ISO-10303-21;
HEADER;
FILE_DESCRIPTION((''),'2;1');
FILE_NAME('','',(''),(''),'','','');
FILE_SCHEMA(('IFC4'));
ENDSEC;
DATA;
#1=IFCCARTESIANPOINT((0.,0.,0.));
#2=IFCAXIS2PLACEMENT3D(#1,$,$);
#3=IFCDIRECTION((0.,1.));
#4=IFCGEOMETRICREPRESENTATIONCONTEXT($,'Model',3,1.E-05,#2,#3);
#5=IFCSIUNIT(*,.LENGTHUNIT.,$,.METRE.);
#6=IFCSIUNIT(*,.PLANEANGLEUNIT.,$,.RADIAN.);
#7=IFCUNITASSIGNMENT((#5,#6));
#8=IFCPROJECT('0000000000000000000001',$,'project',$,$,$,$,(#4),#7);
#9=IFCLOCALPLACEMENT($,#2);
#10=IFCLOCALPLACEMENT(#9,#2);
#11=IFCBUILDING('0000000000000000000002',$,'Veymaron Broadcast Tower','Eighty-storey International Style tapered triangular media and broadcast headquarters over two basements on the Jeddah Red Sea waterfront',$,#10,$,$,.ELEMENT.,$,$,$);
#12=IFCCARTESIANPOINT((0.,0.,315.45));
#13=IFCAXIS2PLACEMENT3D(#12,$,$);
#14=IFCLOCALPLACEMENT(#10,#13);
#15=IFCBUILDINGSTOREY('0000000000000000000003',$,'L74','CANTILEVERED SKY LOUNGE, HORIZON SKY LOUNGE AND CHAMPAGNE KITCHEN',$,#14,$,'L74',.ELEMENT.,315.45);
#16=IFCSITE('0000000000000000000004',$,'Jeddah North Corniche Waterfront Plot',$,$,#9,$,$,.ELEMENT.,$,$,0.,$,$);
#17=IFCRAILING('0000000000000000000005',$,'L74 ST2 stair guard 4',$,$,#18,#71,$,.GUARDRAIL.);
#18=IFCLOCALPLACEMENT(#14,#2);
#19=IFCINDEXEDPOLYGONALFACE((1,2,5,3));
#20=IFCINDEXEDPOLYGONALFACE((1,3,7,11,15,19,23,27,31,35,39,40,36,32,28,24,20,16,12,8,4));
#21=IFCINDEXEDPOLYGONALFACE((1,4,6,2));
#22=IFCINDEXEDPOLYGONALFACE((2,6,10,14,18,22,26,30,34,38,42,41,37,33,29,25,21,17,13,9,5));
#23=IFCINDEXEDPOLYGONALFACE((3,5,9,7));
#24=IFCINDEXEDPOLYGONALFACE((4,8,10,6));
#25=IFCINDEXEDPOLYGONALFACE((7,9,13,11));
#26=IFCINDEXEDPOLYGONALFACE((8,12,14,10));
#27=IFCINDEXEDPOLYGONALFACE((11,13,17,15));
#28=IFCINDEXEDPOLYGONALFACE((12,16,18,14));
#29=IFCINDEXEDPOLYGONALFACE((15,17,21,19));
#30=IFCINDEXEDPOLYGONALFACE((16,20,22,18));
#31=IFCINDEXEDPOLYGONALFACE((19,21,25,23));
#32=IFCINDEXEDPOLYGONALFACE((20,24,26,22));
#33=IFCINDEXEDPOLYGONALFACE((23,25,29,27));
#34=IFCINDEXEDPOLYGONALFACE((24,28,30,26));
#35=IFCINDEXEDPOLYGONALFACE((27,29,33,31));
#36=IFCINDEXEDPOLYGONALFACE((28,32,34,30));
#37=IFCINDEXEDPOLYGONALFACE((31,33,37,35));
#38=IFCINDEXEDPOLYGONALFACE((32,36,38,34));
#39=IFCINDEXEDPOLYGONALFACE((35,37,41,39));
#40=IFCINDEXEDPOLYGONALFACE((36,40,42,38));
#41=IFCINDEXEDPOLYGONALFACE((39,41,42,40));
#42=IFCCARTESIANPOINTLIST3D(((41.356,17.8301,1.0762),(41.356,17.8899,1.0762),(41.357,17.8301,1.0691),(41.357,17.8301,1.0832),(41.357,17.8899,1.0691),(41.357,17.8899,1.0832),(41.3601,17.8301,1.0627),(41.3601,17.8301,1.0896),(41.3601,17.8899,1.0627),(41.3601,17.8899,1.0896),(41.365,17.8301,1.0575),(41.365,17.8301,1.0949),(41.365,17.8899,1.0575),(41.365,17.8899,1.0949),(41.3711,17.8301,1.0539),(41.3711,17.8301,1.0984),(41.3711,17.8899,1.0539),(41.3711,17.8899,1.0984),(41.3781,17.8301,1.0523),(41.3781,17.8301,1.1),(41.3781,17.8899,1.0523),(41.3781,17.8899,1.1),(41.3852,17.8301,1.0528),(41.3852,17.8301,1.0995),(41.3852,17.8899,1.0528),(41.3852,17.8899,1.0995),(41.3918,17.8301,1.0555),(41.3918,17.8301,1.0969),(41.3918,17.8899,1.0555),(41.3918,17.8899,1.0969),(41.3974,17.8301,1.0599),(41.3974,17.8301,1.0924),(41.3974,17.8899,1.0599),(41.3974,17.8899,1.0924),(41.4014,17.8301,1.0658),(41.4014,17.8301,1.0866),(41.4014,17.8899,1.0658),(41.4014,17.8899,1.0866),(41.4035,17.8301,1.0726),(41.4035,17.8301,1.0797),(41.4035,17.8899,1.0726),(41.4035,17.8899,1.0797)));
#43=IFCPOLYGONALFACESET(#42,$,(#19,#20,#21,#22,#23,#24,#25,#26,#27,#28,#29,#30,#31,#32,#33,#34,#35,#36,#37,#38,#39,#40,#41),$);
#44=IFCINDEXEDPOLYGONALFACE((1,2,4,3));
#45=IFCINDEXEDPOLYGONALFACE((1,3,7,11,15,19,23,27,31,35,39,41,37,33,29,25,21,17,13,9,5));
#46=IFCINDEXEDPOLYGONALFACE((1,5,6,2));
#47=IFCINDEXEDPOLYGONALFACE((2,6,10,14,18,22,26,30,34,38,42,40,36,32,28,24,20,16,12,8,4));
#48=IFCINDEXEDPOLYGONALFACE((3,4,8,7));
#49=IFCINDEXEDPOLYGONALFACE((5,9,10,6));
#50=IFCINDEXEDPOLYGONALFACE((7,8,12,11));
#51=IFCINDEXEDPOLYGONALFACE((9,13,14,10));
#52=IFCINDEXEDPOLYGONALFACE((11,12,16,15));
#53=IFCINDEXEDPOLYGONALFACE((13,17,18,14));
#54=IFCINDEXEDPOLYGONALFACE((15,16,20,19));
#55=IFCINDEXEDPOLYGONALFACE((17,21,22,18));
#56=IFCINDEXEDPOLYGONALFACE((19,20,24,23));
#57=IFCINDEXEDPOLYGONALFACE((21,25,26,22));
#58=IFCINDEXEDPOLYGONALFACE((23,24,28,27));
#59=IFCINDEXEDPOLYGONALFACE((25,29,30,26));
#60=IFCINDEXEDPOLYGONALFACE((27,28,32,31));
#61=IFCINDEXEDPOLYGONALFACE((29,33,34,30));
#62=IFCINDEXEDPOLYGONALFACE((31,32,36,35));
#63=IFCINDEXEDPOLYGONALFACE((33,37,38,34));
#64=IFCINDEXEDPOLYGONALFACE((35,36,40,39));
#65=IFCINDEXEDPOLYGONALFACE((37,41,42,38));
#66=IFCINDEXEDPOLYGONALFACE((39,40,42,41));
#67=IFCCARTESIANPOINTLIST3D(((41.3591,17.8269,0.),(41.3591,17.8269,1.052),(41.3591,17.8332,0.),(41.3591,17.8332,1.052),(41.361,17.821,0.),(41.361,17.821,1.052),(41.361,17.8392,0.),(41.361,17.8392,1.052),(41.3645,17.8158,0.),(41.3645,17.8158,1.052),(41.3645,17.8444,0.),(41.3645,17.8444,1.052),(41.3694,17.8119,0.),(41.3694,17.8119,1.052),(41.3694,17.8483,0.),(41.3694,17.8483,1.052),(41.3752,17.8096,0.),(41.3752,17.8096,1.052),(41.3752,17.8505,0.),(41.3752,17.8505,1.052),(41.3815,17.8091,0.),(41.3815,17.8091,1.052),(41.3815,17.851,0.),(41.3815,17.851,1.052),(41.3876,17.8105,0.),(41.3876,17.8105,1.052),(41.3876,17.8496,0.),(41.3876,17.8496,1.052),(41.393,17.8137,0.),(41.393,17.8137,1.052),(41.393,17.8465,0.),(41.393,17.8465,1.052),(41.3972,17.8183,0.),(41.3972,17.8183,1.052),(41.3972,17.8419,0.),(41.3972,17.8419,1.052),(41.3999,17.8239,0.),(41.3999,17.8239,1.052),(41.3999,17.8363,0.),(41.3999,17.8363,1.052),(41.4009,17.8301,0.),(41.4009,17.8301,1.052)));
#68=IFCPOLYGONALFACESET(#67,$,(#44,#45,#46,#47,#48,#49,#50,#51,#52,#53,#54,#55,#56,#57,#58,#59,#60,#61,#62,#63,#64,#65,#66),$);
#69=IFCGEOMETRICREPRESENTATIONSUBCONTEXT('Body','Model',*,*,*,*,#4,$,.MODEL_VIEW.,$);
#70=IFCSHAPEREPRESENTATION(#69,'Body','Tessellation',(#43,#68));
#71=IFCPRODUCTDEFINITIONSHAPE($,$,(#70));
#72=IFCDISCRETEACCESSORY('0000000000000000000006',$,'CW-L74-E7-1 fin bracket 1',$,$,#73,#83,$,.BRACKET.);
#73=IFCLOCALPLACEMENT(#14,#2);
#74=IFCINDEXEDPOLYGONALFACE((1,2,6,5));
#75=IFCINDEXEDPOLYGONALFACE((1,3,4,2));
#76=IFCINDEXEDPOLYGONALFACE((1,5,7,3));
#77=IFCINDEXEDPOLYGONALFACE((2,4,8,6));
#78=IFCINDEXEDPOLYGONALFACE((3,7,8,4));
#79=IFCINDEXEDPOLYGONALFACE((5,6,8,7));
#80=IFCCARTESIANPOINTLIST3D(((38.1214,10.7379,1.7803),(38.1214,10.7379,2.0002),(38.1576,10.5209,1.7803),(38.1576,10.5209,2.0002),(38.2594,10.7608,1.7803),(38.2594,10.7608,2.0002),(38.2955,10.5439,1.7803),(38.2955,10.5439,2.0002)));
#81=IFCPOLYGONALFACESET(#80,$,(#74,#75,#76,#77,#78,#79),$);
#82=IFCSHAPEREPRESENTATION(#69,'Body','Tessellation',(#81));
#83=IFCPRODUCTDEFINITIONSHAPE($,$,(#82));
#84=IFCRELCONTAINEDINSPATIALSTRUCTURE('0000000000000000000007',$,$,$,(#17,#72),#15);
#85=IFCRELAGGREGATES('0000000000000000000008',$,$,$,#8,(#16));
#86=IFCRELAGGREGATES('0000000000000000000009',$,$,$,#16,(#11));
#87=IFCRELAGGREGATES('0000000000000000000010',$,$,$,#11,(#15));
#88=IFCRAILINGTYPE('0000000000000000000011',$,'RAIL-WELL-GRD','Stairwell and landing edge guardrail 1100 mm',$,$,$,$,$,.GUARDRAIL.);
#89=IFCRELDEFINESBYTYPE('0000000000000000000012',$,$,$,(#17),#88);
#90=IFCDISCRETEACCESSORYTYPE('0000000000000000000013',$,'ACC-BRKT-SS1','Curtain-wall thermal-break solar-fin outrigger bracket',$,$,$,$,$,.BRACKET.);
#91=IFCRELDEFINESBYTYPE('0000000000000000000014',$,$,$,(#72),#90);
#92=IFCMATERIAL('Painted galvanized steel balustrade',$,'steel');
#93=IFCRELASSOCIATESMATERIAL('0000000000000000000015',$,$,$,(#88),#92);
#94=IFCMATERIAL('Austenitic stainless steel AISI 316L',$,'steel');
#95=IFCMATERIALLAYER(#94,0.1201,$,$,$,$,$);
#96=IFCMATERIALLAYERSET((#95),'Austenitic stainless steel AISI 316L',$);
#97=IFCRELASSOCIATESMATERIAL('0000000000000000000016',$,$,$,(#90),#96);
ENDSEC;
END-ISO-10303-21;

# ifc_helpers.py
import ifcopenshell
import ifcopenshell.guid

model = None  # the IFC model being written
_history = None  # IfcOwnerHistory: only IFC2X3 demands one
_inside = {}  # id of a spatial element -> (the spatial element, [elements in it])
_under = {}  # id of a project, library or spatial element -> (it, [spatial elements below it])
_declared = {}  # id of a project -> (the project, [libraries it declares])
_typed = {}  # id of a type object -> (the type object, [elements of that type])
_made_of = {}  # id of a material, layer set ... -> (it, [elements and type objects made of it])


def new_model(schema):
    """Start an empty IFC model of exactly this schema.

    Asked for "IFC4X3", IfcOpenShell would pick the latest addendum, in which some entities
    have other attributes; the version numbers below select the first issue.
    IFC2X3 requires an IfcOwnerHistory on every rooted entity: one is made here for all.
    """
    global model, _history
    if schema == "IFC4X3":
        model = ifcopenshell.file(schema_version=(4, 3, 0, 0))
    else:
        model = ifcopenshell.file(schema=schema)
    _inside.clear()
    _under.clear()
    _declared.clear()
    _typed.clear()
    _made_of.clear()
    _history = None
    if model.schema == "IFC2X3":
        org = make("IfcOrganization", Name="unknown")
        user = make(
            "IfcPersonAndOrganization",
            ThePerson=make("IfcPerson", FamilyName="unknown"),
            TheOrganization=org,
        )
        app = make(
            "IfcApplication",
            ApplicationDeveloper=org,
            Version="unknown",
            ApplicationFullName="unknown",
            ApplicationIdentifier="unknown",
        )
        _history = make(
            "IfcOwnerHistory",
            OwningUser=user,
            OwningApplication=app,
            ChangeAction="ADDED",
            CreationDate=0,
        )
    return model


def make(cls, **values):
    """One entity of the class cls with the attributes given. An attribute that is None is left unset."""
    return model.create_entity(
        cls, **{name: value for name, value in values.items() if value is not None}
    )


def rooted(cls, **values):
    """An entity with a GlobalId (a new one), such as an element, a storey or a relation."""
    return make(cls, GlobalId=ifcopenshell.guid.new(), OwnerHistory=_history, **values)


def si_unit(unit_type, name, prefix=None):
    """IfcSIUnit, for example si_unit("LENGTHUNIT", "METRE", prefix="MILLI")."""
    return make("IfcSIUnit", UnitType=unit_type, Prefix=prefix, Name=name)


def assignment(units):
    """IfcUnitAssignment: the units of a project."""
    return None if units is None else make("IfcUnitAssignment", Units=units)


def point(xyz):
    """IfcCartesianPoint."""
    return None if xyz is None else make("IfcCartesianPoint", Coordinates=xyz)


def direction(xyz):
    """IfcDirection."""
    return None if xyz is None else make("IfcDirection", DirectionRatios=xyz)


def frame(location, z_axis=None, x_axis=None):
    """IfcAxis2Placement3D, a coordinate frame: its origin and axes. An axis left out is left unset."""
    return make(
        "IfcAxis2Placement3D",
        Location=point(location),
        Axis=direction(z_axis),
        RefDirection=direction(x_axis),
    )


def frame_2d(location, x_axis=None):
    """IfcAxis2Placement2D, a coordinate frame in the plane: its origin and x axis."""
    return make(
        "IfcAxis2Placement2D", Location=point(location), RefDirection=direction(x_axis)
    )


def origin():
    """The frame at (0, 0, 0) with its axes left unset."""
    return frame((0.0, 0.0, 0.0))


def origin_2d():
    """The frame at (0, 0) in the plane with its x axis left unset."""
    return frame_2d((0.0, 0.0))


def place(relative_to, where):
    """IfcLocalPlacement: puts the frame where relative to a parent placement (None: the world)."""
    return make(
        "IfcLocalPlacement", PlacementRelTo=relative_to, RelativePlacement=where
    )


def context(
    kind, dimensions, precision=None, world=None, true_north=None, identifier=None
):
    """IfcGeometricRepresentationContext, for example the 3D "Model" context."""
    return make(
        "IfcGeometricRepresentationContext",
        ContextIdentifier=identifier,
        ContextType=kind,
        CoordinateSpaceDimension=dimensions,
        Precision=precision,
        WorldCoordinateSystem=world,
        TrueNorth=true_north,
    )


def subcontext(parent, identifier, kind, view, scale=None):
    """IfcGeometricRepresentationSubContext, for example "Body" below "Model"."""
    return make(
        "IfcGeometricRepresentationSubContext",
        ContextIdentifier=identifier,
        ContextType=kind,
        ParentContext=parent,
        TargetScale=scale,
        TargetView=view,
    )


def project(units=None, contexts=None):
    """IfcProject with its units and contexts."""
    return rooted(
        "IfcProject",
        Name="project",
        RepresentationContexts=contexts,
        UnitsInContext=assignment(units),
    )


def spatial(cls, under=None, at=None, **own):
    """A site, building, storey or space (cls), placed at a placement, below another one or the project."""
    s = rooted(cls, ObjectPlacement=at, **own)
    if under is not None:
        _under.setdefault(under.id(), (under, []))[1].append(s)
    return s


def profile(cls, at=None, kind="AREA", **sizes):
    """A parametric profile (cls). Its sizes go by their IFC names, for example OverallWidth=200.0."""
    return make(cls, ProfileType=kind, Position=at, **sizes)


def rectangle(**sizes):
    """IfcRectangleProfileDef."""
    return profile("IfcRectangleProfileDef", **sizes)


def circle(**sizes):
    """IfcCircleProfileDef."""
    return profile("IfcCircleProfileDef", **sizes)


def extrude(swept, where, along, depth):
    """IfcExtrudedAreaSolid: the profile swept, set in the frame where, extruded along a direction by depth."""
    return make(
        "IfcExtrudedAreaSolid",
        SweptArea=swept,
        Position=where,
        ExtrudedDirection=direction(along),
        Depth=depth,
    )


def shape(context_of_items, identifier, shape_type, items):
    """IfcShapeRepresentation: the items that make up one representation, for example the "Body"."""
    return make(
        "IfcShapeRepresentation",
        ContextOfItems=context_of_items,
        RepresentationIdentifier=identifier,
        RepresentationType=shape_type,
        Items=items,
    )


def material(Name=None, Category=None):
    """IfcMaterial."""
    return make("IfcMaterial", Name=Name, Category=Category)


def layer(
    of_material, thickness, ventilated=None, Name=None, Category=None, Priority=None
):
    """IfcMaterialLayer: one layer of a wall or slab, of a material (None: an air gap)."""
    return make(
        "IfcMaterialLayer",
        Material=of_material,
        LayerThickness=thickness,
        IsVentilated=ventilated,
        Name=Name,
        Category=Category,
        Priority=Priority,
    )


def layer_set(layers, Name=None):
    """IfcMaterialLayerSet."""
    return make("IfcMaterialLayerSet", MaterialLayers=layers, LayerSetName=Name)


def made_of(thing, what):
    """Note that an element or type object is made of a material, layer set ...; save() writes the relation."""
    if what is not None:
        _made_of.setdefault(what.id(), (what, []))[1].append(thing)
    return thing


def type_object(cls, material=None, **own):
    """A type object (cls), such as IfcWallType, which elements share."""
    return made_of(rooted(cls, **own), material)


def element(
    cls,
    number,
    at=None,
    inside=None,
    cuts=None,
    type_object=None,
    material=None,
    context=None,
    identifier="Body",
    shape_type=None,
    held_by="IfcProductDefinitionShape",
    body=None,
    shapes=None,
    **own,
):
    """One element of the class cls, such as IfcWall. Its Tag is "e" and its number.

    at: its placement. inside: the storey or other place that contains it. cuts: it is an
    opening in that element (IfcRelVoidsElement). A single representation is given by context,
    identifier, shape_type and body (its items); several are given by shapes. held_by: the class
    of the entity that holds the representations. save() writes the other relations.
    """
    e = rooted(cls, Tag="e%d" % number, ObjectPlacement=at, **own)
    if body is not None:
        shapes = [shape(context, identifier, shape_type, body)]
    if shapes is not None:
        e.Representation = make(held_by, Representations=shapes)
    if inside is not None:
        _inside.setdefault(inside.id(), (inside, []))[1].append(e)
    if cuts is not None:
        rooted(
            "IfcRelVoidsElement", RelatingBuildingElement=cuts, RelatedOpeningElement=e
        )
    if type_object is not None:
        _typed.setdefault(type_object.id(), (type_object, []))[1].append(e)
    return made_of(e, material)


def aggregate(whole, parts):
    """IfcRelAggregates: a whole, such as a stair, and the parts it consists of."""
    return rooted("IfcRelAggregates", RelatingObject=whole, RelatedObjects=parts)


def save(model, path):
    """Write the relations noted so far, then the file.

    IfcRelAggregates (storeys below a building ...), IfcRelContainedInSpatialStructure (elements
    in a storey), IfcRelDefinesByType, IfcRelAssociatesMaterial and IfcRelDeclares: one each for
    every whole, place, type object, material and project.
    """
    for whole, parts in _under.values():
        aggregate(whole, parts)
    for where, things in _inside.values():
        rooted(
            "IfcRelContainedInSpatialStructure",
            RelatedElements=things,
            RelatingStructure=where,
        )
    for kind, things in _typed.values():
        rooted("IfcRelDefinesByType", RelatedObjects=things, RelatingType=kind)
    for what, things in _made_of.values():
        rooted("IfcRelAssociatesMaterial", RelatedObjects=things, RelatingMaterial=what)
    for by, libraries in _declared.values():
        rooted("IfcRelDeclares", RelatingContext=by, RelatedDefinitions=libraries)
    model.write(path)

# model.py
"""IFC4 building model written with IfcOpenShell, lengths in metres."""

from ifc_helpers import new_model, si_unit, direction, frame, origin, origin_2d, place, context, subcontext, project, spatial, rectangle, circle, extrude, material, layer, layer_set, type_object, element, save


model = new_model("IFC4")

# Units and contexts
model_context = context("Model", 3, precision=1e-05, world=origin(), true_north=direction((0.0, 1.0)))
body_context = subcontext(model_context, "Body", "Model", "MODEL_VIEW")
ifc_project = project(units=[si_unit("LENGTHUNIT", "METRE"), si_unit("PLANEANGLEUNIT", "RADIAN")], contexts=[model_context])

# Site, building, storey
site_placement = place(None, origin())
site = spatial("IfcSite", under=ifc_project, at=site_placement, Name="Jeddah North Corniche Waterfront Plot", CompositionType="ELEMENT", RefElevation=0.0)
building_placement = place(site_placement, origin())
building = spatial("IfcBuilding", under=site, at=building_placement, Name="Veymaron Broadcast Tower", Description="Eighty-storey International Style tapered triangular media and broadcast headquarters over two basements on the Jeddah Red Sea waterfront", CompositionType="ELEMENT")
storey_placement = place(building_placement, frame((0.0, 0.0, 315.45)))
storey = spatial("IfcBuildingStorey", under=building, at=storey_placement, Name="L74", Description="CANTILEVERED SKY LOUNGE, HORIZON SKY LOUNGE AND CHAMPAGNE KITCHEN", LongName="L74", CompositionType="ELEMENT", Elevation=315.45)

# Railing
ifc_material_1 = material(Name="Painted galvanized steel balustrade", Category="steel")
railing_type_1 = type_object("IfcRailingType", Name="RAIL-WELL-GRD", Description="Stairwell and landing edge guardrail 1100 mm", PredefinedType="GUARDRAIL", material=ifc_material_1)
railing_1_placement = place(storey_placement, frame((41.3799, 17.8301, 0.0)))
element("IfcRailing", 1, at=railing_1_placement, inside=storey, type_object=railing_type_1, Name="L74 ST2 stair guard 4", PredefinedType="GUARDRAIL", context=body_context, shape_type="SweptSolid", body=[
    extrude(circle(Radius=0.0239, at=origin_2d()), frame((0.0, 0.0, 1.0762), z_axis=(0.0, 1.0, 0.0), x_axis=(-1.0, 0.0, 0.0)), (0.0, 0.0, 1.0), 0.0598),
    extrude(circle(Radius=0.021, at=origin_2d()), origin(), (0.0, 0.0, 1.0), 1.052),
])

# Discrete accessory
ifc_material_2 = material(Name="Austenitic stainless steel AISI 316L", Category="steel")
ifc_layer_1 = layer(ifc_material_2, 0.1201)
ifc_layer_set_1 = layer_set([ifc_layer_1], Name="Austenitic stainless steel AISI 316L")
discrete_accessory_type = type_object("IfcDiscreteAccessoryType", Name="ACC-BRKT-SS1", Description="Curtain-wall thermal-break solar-fin outrigger bracket", PredefinedType="BRACKET", material=ifc_layer_set_1)
discrete_accessory_placement = place(storey_placement, frame((38.2085, 10.6409, 1.7803), z_axis=(0.0, 0.0, 1.0), x_axis=(0.164152, -0.986435, 0.0)))
element("IfcDiscreteAccessory", 2, at=discrete_accessory_placement, inside=storey, type_object=discrete_accessory_type, Name="CW-L74-E7-1 fin bracket 1", PredefinedType="BRACKET", context=body_context, shape_type="SweptSolid", body=[
    extrude(rectangle(XDim=0.22, YDim=0.1399, at=origin_2d()), origin(), (0.0, 0.0, 1.0), 0.22),
])

save(model, "model.ifc")
